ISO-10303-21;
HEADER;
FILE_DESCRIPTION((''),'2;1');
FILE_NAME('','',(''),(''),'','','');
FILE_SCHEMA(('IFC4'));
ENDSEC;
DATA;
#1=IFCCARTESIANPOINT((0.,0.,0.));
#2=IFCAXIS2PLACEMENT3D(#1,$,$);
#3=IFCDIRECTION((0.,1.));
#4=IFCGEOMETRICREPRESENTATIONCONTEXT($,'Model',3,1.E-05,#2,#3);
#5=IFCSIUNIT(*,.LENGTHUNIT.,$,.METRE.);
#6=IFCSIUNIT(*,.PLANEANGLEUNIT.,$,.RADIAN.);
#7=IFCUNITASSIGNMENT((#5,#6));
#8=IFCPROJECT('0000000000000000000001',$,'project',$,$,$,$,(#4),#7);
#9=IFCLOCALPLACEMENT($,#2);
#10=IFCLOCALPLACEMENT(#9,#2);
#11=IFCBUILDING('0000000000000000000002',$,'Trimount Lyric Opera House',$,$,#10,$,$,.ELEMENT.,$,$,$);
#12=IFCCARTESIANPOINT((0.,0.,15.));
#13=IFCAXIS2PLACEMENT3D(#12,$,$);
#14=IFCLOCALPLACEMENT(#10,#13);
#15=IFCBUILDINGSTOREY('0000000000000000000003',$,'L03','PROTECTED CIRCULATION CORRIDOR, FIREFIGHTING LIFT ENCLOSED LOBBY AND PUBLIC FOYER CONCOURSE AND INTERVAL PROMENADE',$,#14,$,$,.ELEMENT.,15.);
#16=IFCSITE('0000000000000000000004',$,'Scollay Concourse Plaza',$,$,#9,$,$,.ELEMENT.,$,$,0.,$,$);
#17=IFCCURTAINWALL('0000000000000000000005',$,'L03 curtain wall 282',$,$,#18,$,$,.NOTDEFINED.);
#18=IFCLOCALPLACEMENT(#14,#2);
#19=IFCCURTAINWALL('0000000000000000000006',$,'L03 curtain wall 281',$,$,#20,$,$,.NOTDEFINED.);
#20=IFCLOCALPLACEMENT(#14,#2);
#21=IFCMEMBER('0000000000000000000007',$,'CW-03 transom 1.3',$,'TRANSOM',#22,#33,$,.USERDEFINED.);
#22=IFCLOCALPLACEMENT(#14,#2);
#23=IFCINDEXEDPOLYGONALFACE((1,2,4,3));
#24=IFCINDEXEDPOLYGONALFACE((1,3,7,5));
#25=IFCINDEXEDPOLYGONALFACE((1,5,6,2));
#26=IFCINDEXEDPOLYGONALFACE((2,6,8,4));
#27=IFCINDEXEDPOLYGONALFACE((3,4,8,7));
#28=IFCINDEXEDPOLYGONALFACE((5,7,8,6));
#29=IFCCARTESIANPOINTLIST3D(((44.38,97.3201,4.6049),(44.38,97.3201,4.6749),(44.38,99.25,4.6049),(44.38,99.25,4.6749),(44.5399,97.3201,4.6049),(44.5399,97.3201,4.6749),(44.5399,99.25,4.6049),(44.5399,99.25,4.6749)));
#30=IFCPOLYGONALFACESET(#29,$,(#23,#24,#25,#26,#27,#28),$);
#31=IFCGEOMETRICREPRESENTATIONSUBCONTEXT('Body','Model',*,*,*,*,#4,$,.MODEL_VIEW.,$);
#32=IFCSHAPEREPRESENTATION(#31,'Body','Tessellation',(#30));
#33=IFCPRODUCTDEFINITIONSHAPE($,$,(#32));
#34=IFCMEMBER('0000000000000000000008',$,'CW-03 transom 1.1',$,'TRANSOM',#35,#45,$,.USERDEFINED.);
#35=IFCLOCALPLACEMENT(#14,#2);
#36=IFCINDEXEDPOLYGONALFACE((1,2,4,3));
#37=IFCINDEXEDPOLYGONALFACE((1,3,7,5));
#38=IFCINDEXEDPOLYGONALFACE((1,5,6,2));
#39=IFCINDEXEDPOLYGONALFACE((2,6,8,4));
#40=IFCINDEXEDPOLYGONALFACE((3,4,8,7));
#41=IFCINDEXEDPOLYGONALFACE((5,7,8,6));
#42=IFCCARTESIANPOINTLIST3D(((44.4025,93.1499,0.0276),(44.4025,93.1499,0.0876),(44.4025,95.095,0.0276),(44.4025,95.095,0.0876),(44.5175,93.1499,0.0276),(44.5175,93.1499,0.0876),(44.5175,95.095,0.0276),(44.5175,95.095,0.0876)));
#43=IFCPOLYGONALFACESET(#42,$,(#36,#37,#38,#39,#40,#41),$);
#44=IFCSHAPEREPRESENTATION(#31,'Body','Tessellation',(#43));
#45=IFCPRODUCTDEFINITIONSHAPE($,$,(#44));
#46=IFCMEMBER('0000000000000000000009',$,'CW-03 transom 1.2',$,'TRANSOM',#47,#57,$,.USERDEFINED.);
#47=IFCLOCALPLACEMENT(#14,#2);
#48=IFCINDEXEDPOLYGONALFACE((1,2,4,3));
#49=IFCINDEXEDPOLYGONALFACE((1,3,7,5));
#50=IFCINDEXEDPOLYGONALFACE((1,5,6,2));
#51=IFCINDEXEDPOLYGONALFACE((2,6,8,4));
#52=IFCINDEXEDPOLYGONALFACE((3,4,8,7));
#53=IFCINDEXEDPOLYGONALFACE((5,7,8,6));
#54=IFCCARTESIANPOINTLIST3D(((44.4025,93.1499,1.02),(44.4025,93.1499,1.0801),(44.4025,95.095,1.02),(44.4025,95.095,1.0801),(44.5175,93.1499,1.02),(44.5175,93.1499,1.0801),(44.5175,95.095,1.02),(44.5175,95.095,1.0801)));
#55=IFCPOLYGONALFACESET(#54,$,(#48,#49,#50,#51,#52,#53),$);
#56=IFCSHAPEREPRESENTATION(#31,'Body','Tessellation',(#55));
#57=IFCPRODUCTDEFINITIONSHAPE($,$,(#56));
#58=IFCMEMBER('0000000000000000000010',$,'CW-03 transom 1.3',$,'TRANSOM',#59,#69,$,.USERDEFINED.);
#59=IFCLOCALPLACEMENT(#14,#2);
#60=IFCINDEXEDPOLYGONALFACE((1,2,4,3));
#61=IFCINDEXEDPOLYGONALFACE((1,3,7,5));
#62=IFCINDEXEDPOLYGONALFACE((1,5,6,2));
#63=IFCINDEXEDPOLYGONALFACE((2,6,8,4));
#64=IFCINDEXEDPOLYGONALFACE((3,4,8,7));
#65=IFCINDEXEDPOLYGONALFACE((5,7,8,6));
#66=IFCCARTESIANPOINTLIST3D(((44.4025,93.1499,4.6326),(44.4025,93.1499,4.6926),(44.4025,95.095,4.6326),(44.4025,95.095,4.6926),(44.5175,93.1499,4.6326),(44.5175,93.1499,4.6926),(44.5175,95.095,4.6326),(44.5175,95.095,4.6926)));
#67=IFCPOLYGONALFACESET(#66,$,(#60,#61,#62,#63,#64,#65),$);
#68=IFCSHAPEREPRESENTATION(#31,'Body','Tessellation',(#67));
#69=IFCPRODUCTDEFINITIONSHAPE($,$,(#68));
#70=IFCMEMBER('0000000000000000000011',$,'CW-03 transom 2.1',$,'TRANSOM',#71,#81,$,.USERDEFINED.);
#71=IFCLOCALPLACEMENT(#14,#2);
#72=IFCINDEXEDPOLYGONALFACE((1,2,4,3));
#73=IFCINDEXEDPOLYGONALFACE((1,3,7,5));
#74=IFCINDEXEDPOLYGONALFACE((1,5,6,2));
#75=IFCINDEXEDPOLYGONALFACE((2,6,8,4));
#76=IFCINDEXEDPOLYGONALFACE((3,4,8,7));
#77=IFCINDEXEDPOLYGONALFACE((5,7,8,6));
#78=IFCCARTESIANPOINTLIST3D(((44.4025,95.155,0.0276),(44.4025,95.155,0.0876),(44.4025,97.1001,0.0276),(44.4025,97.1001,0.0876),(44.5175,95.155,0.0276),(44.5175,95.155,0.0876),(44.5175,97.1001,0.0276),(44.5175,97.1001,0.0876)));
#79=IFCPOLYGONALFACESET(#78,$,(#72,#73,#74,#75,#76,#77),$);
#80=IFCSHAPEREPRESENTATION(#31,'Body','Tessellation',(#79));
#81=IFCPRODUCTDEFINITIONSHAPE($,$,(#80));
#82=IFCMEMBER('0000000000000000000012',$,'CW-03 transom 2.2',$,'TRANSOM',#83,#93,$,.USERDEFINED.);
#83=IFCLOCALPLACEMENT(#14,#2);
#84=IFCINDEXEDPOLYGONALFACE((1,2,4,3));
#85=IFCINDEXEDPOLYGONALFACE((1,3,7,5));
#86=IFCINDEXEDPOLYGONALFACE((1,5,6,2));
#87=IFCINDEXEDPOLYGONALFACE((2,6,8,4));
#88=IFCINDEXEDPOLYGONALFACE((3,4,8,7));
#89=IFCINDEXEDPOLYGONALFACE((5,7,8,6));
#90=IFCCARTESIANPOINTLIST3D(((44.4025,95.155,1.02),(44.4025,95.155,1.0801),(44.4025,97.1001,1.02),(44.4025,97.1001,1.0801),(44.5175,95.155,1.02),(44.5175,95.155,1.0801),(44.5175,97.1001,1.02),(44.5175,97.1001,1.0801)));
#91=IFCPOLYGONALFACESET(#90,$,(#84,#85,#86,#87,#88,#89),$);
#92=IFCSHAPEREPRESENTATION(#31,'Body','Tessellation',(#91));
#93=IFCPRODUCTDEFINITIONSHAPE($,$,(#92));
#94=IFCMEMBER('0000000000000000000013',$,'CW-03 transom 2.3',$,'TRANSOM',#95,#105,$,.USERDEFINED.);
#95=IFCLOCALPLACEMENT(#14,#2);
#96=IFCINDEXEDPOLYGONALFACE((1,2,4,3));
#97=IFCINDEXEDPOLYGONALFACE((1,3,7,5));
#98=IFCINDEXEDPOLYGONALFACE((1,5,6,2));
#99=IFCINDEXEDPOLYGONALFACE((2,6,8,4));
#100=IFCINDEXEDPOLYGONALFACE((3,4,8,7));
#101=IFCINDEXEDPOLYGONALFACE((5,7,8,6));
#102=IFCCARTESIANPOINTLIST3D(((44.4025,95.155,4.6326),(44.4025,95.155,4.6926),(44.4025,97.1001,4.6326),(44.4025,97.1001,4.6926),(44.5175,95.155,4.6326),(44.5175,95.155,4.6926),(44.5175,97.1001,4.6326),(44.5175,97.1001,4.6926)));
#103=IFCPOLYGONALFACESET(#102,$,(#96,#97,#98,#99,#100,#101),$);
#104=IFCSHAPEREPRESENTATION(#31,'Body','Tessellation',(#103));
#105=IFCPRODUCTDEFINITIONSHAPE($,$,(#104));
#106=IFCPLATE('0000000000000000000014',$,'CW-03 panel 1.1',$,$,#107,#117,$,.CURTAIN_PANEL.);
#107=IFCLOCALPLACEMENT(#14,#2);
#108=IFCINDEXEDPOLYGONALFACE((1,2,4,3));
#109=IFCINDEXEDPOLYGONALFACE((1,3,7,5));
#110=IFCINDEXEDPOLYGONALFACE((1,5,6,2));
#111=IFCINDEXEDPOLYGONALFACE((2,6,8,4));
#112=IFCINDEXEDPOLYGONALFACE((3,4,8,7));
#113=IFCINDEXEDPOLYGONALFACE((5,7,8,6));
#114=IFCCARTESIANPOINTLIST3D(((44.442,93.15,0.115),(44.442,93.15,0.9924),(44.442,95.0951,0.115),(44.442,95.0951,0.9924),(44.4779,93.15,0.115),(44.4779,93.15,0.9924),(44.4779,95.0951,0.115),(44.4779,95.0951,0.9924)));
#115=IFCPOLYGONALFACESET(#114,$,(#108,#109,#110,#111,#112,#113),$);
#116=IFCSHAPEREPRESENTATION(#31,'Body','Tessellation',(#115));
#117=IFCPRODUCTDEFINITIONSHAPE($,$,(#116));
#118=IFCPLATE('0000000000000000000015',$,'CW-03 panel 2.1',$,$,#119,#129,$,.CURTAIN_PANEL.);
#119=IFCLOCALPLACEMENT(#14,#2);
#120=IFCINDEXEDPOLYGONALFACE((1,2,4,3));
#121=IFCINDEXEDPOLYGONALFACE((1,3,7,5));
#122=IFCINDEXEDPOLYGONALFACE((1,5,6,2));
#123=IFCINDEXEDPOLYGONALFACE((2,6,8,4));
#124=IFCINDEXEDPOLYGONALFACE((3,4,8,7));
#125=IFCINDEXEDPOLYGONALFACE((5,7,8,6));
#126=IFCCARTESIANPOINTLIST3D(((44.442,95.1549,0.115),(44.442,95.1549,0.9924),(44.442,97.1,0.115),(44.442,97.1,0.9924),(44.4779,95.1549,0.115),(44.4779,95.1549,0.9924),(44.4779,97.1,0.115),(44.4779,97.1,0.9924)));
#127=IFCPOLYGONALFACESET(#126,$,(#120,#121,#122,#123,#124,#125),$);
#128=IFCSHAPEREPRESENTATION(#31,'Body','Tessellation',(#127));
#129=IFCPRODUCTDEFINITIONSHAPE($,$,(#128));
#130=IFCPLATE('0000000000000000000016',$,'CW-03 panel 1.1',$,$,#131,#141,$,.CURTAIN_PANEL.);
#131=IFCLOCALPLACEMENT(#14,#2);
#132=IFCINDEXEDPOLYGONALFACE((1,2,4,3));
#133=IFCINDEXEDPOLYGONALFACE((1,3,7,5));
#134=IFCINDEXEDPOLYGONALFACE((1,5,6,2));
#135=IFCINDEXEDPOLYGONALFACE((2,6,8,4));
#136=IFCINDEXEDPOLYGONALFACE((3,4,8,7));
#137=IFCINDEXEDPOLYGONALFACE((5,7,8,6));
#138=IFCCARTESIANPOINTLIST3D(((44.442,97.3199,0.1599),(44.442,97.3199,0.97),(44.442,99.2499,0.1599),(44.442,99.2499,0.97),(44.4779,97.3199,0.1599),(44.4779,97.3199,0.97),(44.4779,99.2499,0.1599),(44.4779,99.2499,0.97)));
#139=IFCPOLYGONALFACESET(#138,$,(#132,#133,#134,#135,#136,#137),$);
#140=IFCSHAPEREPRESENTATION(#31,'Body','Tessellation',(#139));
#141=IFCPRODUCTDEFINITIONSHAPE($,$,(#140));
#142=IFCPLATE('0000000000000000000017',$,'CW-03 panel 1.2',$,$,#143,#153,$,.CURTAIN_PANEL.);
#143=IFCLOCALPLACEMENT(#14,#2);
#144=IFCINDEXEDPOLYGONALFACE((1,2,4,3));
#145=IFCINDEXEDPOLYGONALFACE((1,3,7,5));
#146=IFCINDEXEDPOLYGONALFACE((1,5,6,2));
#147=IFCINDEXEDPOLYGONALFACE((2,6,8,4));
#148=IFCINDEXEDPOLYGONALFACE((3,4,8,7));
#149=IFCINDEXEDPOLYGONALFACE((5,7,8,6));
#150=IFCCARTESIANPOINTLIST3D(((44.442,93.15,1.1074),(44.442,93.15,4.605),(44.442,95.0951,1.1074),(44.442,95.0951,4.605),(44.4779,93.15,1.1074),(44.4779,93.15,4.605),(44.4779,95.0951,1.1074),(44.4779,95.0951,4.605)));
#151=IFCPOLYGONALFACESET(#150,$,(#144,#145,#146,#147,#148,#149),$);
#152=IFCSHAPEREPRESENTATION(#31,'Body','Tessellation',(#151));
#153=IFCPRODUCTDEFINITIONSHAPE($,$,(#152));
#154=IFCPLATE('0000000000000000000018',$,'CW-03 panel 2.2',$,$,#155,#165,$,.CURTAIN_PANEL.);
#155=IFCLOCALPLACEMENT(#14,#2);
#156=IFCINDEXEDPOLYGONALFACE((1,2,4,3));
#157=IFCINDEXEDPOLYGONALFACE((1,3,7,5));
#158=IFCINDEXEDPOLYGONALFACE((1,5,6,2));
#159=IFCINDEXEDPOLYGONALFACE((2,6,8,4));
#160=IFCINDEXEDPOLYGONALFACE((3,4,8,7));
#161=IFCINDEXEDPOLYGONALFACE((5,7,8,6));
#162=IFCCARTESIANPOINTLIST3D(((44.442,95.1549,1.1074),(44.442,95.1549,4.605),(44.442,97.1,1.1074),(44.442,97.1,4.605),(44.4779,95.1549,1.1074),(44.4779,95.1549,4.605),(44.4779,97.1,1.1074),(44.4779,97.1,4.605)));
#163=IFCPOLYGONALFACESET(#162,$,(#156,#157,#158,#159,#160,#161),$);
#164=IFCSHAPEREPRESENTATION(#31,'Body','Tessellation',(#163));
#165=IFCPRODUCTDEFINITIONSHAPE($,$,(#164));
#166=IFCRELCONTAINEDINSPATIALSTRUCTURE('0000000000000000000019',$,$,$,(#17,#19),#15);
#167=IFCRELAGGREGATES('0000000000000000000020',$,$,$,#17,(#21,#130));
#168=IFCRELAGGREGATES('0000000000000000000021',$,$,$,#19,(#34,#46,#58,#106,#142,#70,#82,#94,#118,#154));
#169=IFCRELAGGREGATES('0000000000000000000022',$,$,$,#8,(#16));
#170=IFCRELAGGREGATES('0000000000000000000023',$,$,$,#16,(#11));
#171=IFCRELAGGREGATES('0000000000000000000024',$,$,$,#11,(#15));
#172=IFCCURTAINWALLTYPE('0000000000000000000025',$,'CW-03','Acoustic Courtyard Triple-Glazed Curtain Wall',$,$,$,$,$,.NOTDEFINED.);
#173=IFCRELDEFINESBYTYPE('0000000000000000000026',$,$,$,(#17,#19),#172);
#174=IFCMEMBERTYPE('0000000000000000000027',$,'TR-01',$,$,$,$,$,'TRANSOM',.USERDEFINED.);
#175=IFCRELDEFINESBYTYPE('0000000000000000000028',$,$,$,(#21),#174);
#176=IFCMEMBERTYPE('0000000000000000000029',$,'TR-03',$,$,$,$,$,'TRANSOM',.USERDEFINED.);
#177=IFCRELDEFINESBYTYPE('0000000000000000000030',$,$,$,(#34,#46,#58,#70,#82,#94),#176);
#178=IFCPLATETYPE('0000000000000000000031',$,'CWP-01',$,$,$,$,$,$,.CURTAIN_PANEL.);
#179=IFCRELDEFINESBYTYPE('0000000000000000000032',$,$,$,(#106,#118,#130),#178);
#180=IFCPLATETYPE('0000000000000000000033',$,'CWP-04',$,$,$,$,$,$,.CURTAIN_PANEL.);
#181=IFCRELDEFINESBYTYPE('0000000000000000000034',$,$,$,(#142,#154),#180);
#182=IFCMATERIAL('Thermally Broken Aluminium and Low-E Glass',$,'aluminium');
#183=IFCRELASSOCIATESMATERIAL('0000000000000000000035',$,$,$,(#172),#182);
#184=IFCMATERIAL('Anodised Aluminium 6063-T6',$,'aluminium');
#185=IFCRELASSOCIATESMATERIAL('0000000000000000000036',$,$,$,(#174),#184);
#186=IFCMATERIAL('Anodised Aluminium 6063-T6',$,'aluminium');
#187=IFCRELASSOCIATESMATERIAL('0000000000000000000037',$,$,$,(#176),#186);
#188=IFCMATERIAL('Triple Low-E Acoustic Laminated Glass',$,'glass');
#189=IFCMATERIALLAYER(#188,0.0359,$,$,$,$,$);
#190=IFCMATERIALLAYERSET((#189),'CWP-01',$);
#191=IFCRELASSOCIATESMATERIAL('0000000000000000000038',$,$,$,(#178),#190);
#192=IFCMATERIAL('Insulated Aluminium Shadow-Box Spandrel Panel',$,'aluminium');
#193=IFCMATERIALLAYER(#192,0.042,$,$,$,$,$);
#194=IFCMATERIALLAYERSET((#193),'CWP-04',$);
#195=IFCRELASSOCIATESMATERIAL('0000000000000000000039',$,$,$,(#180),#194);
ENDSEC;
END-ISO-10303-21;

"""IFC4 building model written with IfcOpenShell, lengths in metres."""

from ifc_helpers import new_model, si_unit, direction, frame, origin, origin_2d, place, context, subcontext, project, spatial, rectangle, extrude, material, layer, layer_set, material_profile, profile_set, type_object, element, aggregate, save


model = new_model("IFC4")

# Units and contexts
model_context = context("Model", 3, precision=1e-05, world=origin(), true_north=direction((0.0, 1.0)))
body_context = subcontext(model_context, "Body", "Model", "MODEL_VIEW")
ifc_project = project(units=[si_unit("LENGTHUNIT", "METRE"), si_unit("PLANEANGLEUNIT", "RADIAN")], contexts=[model_context])

# Site, building, storey
site_placement = place(None, origin())
site = spatial("IfcSite", under=ifc_project, at=site_placement, Name="Scollay Concourse Plaza", CompositionType="ELEMENT", RefElevation=0.0)
building_placement = place(site_placement, origin())
building = spatial("IfcBuilding", under=site, at=building_placement, Name="Trimount Lyric Opera House", CompositionType="ELEMENT")
storey_placement = place(building_placement, frame((0.0, 0.0, 15.0)))
storey = spatial("IfcBuildingStorey", under=building, at=storey_placement, Name="L03", Description="PROTECTED CIRCULATION CORRIDOR, FIREFIGHTING LIFT ENCLOSED LOBBY AND PUBLIC FOYER CONCOURSE AND INTERVAL PROMENADE", CompositionType="ELEMENT", Elevation=15.0)

# Curtain wall
ifc_material_1 = material(Name="Thermally Broken Aluminium and Low-E Glass", Category="aluminium")
curtain_wall_type = type_object("IfcCurtainWallType", Name="CW-03", Description="Acoustic Courtyard Triple-Glazed Curtain Wall", PredefinedType="NOTDEFINED", material=ifc_material_1)
curtain_wall_1_placement = place(storey_placement, origin())
curtain_wall_1 = element("IfcCurtainWall", 1, at=curtain_wall_1_placement, inside=storey, type_object=curtain_wall_type, Name="L03 curtain wall 282", PredefinedType="NOTDEFINED")

# Curtain wall
curtain_wall_2_placement = place(storey_placement, origin())
curtain_wall_2 = element("IfcCurtainWall", 2, at=curtain_wall_2_placement, inside=storey, type_object=curtain_wall_type, Name="L03 curtain wall 281", PredefinedType="NOTDEFINED")

# Members
ifc_material_2 = material(Name="Anodised Aluminium 6063-T6", Category="aluminium")
ifc_material_profile_1 = material_profile(ifc_material_2, rectangle(XDim=0.1599, YDim=0.0701, at=origin_2d()), Name="ALU-TRAN-70X160")
ifc_profile_set_1 = profile_set([ifc_material_profile_1], Name="Anodised Aluminium 6063-T6")
member_type_1 = type_object("IfcMemberType", Name="TR-01", ElementType="TRANSOM", PredefinedType="USERDEFINED", material=ifc_profile_set_1)
member_1_placement = place(storey_placement, frame((44.46, 97.3201, 4.6399), z_axis=(0.0, 1.0, 0.0), x_axis=(-1.0, 0.0, 0.0)))
member_1 = element("IfcMember", 3, at=member_1_placement, type_object=member_type_1, Name="CW-03 transom 1.3", ObjectType="TRANSOM", PredefinedType="USERDEFINED", context=body_context, shape_type="SweptSolid", body=[
    extrude(rectangle(XDim=0.1599, YDim=0.0701, at=origin_2d()), origin(), (0.0, 0.0, 1.0), 1.9299),
])
ifc_material_3 = material(Name="Anodised Aluminium 6063-T6", Category="aluminium")
ifc_material_profile_2 = material_profile(ifc_material_3, rectangle(XDim=0.115, YDim=0.0601, at=origin_2d()), Name="ALU-TRAN-60X115")
ifc_profile_set_2 = profile_set([ifc_material_profile_2], Name="Anodised Aluminium 6063-T6")
member_type_2 = type_object("IfcMemberType", Name="TR-03", ElementType="TRANSOM", PredefinedType="USERDEFINED", material=ifc_profile_set_2)
member_2_placement = place(storey_placement, frame((44.46, 93.1499, 0.0576), z_axis=(0.0, 1.0, 0.0), x_axis=(-1.0, 0.0, 0.0)))
member_2 = element("IfcMember", 4, at=member_2_placement, type_object=member_type_2, Name="CW-03 transom 1.1", ObjectType="TRANSOM", PredefinedType="USERDEFINED", context=body_context, shape_type="SweptSolid", body=[
    extrude(rectangle(XDim=0.115, YDim=0.0601, at=origin_2d()), origin(), (0.0, 0.0, 1.0), 1.9451),
])
member_3_placement = place(storey_placement, frame((44.46, 93.1499, 1.05), z_axis=(0.0, 1.0, 0.0), x_axis=(-1.0, 0.0, 0.0)))
member_3 = element("IfcMember", 5, at=member_3_placement, type_object=member_type_2, Name="CW-03 transom 1.2", ObjectType="TRANSOM", PredefinedType="USERDEFINED", context=body_context, shape_type="SweptSolid", body=[
    extrude(rectangle(XDim=0.115, YDim=0.0601, at=origin_2d()), origin(), (0.0, 0.0, 1.0), 1.9451),
])
member_4_placement = place(storey_placement, frame((44.46, 93.1499, 4.6626), z_axis=(0.0, 1.0, 0.0), x_axis=(-1.0, 0.0, 0.0)))
member_4 = element("IfcMember", 6, at=member_4_placement, type_object=member_type_2, Name="CW-03 transom 1.3", ObjectType="TRANSOM", PredefinedType="USERDEFINED", context=body_context, shape_type="SweptSolid", body=[
    extrude(rectangle(XDim=0.115, YDim=0.0601, at=origin_2d()), origin(), (0.0, 0.0, 1.0), 1.9451),
])
member_5_placement = place(storey_placement, frame((44.46, 95.155, 0.0576), z_axis=(0.0, 1.0, 0.0), x_axis=(-1.0, 0.0, 0.0)))
member_5 = element("IfcMember", 7, at=member_5_placement, type_object=member_type_2, Name="CW-03 transom 2.1", ObjectType="TRANSOM", PredefinedType="USERDEFINED", context=body_context, shape_type="SweptSolid", body=[
    extrude(rectangle(XDim=0.115, YDim=0.0601, at=origin_2d()), origin(), (0.0, 0.0, 1.0), 1.9451),
])
member_6_placement = place(storey_placement, frame((44.46, 95.155, 1.05), z_axis=(0.0, 1.0, 0.0), x_axis=(-1.0, 0.0, 0.0)))
member_6 = element("IfcMember", 8, at=member_6_placement, type_object=member_type_2, Name="CW-03 transom 2.2", ObjectType="TRANSOM", PredefinedType="USERDEFINED", context=body_context, shape_type="SweptSolid", body=[
    extrude(rectangle(XDim=0.115, YDim=0.0601, at=origin_2d()), origin(), (0.0, 0.0, 1.0), 1.9451),
])
member_7_placement = place(storey_placement, frame((44.46, 95.155, 4.6626), z_axis=(0.0, 1.0, 0.0), x_axis=(-1.0, 0.0, 0.0)))
member_7 = element("IfcMember", 9, at=member_7_placement, type_object=member_type_2, Name="CW-03 transom 2.3", ObjectType="TRANSOM", PredefinedType="USERDEFINED", context=body_context, shape_type="SweptSolid", body=[
    extrude(rectangle(XDim=0.115, YDim=0.0601, at=origin_2d()), origin(), (0.0, 0.0, 1.0), 1.9451),
])

# Plates
ifc_material_4 = material(Name="Triple Low-E Acoustic Laminated Glass", Category="glass")
ifc_layer_1 = layer(ifc_material_4, 0.0359)
ifc_layer_set_1 = layer_set([ifc_layer_1], Name="CWP-01")
plate_type_1 = type_object("IfcPlateType", Name="CWP-01", PredefinedType="CURTAIN_PANEL", material=ifc_layer_set_1)
plate_1_placement = place(storey_placement, frame((44.46, 94.1226, 0.115), z_axis=(0.0, 0.0, 1.0), x_axis=(0.0, 1.0, 0.0)))
plate_1 = element("IfcPlate", 10, at=plate_1_placement, type_object=plate_type_1, Name="CW-03 panel 1.1", PredefinedType="CURTAIN_PANEL", context=body_context, shape_type="SweptSolid", body=[
    extrude(rectangle(XDim=1.9451, YDim=0.0359, at=origin_2d()), origin(), (0.0, 0.0, 1.0), 0.8774),
])
plate_2_placement = place(storey_placement, frame((44.46, 96.1274, 0.115), z_axis=(0.0, 0.0, 1.0), x_axis=(0.0, 1.0, 0.0)))
plate_2 = element("IfcPlate", 11, at=plate_2_placement, type_object=plate_type_1, Name="CW-03 panel 2.1", PredefinedType="CURTAIN_PANEL", context=body_context, shape_type="SweptSolid", body=[
    extrude(rectangle(XDim=1.9451, YDim=0.0359, at=origin_2d()), origin(), (0.0, 0.0, 1.0), 0.8774),
])
plate_3_placement = place(storey_placement, frame((44.46, 98.2849, 0.1599), z_axis=(0.0, 0.0, 1.0), x_axis=(0.0, 1.0, 0.0)))
plate_3 = element("IfcPlate", 12, at=plate_3_placement, type_object=plate_type_1, Name="CW-03 panel 1.1", PredefinedType="CURTAIN_PANEL", context=body_context, shape_type="SweptSolid", body=[
    extrude(rectangle(XDim=1.9299, YDim=0.0359, at=origin_2d()), origin(), (0.0, 0.0, 1.0), 0.8101),
])
aggregate(curtain_wall_1, [member_1, plate_3])
ifc_material_5 = material(Name="Insulated Aluminium Shadow-Box Spandrel Panel", Category="aluminium")
ifc_layer_2 = layer(ifc_material_5, 0.042)
ifc_layer_set_2 = layer_set([ifc_layer_2], Name="CWP-04")
plate_type_2 = type_object("IfcPlateType", Name="CWP-04", PredefinedType="CURTAIN_PANEL", material=ifc_layer_set_2)
plate_4_placement = place(storey_placement, frame((44.46, 94.1226, 1.1074), z_axis=(0.0, 0.0, 1.0), x_axis=(0.0, 1.0, 0.0)))
plate_4 = element("IfcPlate", 13, at=plate_4_placement, type_object=plate_type_2, Name="CW-03 panel 1.2", PredefinedType="CURTAIN_PANEL", context=body_context, shape_type="SweptSolid", body=[
    extrude(rectangle(XDim=1.9451, YDim=0.0359, at=origin_2d()), origin(), (0.0, 0.0, 1.0), 3.4976),
])
plate_5_placement = place(storey_placement, frame((44.46, 96.1274, 1.1074), z_axis=(0.0, 0.0, 1.0), x_axis=(0.0, 1.0, 0.0)))
plate_5 = element("IfcPlate", 14, at=plate_5_placement, type_object=plate_type_2, Name="CW-03 panel 2.2", PredefinedType="CURTAIN_PANEL", context=body_context, shape_type="SweptSolid", body=[
    extrude(rectangle(XDim=1.9451, YDim=0.0359, at=origin_2d()), origin(), (0.0, 0.0, 1.0), 3.4976),
])
aggregate(curtain_wall_2, [member_2, member_3, member_4, plate_1, plate_4, member_5, member_6, member_7, plate_2, plate_5])

save(model, "model.ifc")
